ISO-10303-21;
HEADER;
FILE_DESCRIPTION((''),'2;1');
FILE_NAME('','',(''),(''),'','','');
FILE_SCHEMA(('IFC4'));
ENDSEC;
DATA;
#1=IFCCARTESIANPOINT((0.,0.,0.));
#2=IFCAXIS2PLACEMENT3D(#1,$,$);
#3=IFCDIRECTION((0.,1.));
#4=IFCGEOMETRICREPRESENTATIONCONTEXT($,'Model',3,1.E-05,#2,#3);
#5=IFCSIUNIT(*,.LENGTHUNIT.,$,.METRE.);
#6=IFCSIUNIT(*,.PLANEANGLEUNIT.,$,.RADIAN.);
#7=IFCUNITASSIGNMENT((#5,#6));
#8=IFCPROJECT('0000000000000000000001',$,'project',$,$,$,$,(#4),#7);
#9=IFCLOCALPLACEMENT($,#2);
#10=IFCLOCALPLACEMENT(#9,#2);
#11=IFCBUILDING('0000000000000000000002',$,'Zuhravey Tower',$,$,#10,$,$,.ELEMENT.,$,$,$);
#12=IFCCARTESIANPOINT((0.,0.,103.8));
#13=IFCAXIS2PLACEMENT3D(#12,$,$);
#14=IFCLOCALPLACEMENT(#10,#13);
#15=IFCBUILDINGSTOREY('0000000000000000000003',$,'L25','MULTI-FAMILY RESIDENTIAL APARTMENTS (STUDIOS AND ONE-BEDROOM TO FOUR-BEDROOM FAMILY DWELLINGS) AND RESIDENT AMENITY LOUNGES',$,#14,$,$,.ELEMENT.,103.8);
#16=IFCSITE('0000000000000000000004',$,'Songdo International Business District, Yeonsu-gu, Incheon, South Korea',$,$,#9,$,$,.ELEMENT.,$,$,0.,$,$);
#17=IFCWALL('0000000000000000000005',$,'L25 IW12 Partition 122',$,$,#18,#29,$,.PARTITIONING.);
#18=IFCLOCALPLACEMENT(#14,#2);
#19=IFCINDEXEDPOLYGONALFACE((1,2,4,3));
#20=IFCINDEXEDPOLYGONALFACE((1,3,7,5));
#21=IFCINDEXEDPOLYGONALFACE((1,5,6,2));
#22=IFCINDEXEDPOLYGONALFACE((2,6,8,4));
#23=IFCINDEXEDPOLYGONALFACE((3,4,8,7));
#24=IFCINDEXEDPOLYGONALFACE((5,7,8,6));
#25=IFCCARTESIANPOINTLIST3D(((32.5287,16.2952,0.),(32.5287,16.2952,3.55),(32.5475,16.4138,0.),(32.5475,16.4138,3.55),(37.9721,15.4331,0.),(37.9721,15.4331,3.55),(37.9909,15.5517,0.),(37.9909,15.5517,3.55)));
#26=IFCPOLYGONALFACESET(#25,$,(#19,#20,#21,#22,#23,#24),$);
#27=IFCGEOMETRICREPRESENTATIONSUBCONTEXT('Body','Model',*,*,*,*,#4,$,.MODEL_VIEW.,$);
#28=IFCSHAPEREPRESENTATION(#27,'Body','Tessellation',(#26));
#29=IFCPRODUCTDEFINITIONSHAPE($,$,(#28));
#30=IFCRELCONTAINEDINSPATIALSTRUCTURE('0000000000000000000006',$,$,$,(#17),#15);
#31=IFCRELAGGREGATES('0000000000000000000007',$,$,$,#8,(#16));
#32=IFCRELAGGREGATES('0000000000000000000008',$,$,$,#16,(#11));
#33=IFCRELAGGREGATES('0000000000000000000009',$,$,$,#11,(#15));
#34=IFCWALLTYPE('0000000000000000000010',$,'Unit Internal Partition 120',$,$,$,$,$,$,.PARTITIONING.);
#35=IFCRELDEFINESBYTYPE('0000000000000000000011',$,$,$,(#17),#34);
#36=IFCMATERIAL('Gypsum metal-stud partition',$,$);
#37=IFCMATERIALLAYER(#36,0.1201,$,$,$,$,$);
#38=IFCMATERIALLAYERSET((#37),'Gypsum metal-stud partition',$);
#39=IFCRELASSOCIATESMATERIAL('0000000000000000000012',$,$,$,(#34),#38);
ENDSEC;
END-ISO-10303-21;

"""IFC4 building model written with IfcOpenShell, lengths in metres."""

from ifc_helpers import new_model, si_unit, direction, frame, frame_2d, origin, place, context, subcontext, project, spatial, rectangle, extrude, material, layer, layer_set, type_object, element, save


model = new_model("IFC4")

# Units and contexts
model_context = context("Model", 3, precision=1e-05, world=origin(), true_north=direction((0.0, 1.0)))
body_context = subcontext(model_context, "Body", "Model", "MODEL_VIEW")
ifc_project = project(units=[si_unit("LENGTHUNIT", "METRE"), si_unit("PLANEANGLEUNIT", "RADIAN")], contexts=[model_context])

# Site, building, storey
site_placement = place(None, origin())
site = spatial("IfcSite", under=ifc_project, at=site_placement, Name="Songdo International Business District, Yeonsu-gu, Incheon, South Korea", CompositionType="ELEMENT", RefElevation=0.0)
building_placement = place(site_placement, origin())
building = spatial("IfcBuilding", under=site, at=building_placement, Name="Zuhravey Tower", CompositionType="ELEMENT")
storey_placement = place(building_placement, frame((0.0, 0.0, 103.8)))
storey = spatial("IfcBuildingStorey", under=building, at=storey_placement, Name="L25", Description="MULTI-FAMILY RESIDENTIAL APARTMENTS (STUDIOS AND ONE-BEDROOM TO FOUR-BEDROOM FAMILY DWELLINGS) AND RESIDENT AMENITY LOUNGES", CompositionType="ELEMENT", Elevation=103.8)

# Shared definitions
ifc_material_1 = material(Name="Gypsum metal-stud partition")
ifc_layer_1 = layer(ifc_material_1, 0.1201)
ifc_layer_set_1 = layer_set([ifc_layer_1], Name="Gypsum metal-stud partition")
wall_type_1 = type_object("IfcWallType", Name="Unit Internal Partition 120", PredefinedType="PARTITIONING", material=ifc_layer_set_1)

# Wall
wall_1_placement = place(storey_placement, frame((32.5381, 16.3545, 0.0), z_axis=(0.0, 0.0, 1.0), x_axis=(0.987691, -0.15642, 0.0)))
element("IfcWall", 1, at=wall_1_placement, inside=storey, type_object=wall_type_1, Name="L25 IW12 Partition 122", PredefinedType="PARTITIONING", context=body_context, shape_type="SweptSolid", body=[
    extrude(rectangle(XDim=5.5112, YDim=0.1201, at=frame_2d((2.7556, 0.0))), origin(), (0.0, 0.0, 1.0), 3.55),
])

save(model, "model.ifc")
